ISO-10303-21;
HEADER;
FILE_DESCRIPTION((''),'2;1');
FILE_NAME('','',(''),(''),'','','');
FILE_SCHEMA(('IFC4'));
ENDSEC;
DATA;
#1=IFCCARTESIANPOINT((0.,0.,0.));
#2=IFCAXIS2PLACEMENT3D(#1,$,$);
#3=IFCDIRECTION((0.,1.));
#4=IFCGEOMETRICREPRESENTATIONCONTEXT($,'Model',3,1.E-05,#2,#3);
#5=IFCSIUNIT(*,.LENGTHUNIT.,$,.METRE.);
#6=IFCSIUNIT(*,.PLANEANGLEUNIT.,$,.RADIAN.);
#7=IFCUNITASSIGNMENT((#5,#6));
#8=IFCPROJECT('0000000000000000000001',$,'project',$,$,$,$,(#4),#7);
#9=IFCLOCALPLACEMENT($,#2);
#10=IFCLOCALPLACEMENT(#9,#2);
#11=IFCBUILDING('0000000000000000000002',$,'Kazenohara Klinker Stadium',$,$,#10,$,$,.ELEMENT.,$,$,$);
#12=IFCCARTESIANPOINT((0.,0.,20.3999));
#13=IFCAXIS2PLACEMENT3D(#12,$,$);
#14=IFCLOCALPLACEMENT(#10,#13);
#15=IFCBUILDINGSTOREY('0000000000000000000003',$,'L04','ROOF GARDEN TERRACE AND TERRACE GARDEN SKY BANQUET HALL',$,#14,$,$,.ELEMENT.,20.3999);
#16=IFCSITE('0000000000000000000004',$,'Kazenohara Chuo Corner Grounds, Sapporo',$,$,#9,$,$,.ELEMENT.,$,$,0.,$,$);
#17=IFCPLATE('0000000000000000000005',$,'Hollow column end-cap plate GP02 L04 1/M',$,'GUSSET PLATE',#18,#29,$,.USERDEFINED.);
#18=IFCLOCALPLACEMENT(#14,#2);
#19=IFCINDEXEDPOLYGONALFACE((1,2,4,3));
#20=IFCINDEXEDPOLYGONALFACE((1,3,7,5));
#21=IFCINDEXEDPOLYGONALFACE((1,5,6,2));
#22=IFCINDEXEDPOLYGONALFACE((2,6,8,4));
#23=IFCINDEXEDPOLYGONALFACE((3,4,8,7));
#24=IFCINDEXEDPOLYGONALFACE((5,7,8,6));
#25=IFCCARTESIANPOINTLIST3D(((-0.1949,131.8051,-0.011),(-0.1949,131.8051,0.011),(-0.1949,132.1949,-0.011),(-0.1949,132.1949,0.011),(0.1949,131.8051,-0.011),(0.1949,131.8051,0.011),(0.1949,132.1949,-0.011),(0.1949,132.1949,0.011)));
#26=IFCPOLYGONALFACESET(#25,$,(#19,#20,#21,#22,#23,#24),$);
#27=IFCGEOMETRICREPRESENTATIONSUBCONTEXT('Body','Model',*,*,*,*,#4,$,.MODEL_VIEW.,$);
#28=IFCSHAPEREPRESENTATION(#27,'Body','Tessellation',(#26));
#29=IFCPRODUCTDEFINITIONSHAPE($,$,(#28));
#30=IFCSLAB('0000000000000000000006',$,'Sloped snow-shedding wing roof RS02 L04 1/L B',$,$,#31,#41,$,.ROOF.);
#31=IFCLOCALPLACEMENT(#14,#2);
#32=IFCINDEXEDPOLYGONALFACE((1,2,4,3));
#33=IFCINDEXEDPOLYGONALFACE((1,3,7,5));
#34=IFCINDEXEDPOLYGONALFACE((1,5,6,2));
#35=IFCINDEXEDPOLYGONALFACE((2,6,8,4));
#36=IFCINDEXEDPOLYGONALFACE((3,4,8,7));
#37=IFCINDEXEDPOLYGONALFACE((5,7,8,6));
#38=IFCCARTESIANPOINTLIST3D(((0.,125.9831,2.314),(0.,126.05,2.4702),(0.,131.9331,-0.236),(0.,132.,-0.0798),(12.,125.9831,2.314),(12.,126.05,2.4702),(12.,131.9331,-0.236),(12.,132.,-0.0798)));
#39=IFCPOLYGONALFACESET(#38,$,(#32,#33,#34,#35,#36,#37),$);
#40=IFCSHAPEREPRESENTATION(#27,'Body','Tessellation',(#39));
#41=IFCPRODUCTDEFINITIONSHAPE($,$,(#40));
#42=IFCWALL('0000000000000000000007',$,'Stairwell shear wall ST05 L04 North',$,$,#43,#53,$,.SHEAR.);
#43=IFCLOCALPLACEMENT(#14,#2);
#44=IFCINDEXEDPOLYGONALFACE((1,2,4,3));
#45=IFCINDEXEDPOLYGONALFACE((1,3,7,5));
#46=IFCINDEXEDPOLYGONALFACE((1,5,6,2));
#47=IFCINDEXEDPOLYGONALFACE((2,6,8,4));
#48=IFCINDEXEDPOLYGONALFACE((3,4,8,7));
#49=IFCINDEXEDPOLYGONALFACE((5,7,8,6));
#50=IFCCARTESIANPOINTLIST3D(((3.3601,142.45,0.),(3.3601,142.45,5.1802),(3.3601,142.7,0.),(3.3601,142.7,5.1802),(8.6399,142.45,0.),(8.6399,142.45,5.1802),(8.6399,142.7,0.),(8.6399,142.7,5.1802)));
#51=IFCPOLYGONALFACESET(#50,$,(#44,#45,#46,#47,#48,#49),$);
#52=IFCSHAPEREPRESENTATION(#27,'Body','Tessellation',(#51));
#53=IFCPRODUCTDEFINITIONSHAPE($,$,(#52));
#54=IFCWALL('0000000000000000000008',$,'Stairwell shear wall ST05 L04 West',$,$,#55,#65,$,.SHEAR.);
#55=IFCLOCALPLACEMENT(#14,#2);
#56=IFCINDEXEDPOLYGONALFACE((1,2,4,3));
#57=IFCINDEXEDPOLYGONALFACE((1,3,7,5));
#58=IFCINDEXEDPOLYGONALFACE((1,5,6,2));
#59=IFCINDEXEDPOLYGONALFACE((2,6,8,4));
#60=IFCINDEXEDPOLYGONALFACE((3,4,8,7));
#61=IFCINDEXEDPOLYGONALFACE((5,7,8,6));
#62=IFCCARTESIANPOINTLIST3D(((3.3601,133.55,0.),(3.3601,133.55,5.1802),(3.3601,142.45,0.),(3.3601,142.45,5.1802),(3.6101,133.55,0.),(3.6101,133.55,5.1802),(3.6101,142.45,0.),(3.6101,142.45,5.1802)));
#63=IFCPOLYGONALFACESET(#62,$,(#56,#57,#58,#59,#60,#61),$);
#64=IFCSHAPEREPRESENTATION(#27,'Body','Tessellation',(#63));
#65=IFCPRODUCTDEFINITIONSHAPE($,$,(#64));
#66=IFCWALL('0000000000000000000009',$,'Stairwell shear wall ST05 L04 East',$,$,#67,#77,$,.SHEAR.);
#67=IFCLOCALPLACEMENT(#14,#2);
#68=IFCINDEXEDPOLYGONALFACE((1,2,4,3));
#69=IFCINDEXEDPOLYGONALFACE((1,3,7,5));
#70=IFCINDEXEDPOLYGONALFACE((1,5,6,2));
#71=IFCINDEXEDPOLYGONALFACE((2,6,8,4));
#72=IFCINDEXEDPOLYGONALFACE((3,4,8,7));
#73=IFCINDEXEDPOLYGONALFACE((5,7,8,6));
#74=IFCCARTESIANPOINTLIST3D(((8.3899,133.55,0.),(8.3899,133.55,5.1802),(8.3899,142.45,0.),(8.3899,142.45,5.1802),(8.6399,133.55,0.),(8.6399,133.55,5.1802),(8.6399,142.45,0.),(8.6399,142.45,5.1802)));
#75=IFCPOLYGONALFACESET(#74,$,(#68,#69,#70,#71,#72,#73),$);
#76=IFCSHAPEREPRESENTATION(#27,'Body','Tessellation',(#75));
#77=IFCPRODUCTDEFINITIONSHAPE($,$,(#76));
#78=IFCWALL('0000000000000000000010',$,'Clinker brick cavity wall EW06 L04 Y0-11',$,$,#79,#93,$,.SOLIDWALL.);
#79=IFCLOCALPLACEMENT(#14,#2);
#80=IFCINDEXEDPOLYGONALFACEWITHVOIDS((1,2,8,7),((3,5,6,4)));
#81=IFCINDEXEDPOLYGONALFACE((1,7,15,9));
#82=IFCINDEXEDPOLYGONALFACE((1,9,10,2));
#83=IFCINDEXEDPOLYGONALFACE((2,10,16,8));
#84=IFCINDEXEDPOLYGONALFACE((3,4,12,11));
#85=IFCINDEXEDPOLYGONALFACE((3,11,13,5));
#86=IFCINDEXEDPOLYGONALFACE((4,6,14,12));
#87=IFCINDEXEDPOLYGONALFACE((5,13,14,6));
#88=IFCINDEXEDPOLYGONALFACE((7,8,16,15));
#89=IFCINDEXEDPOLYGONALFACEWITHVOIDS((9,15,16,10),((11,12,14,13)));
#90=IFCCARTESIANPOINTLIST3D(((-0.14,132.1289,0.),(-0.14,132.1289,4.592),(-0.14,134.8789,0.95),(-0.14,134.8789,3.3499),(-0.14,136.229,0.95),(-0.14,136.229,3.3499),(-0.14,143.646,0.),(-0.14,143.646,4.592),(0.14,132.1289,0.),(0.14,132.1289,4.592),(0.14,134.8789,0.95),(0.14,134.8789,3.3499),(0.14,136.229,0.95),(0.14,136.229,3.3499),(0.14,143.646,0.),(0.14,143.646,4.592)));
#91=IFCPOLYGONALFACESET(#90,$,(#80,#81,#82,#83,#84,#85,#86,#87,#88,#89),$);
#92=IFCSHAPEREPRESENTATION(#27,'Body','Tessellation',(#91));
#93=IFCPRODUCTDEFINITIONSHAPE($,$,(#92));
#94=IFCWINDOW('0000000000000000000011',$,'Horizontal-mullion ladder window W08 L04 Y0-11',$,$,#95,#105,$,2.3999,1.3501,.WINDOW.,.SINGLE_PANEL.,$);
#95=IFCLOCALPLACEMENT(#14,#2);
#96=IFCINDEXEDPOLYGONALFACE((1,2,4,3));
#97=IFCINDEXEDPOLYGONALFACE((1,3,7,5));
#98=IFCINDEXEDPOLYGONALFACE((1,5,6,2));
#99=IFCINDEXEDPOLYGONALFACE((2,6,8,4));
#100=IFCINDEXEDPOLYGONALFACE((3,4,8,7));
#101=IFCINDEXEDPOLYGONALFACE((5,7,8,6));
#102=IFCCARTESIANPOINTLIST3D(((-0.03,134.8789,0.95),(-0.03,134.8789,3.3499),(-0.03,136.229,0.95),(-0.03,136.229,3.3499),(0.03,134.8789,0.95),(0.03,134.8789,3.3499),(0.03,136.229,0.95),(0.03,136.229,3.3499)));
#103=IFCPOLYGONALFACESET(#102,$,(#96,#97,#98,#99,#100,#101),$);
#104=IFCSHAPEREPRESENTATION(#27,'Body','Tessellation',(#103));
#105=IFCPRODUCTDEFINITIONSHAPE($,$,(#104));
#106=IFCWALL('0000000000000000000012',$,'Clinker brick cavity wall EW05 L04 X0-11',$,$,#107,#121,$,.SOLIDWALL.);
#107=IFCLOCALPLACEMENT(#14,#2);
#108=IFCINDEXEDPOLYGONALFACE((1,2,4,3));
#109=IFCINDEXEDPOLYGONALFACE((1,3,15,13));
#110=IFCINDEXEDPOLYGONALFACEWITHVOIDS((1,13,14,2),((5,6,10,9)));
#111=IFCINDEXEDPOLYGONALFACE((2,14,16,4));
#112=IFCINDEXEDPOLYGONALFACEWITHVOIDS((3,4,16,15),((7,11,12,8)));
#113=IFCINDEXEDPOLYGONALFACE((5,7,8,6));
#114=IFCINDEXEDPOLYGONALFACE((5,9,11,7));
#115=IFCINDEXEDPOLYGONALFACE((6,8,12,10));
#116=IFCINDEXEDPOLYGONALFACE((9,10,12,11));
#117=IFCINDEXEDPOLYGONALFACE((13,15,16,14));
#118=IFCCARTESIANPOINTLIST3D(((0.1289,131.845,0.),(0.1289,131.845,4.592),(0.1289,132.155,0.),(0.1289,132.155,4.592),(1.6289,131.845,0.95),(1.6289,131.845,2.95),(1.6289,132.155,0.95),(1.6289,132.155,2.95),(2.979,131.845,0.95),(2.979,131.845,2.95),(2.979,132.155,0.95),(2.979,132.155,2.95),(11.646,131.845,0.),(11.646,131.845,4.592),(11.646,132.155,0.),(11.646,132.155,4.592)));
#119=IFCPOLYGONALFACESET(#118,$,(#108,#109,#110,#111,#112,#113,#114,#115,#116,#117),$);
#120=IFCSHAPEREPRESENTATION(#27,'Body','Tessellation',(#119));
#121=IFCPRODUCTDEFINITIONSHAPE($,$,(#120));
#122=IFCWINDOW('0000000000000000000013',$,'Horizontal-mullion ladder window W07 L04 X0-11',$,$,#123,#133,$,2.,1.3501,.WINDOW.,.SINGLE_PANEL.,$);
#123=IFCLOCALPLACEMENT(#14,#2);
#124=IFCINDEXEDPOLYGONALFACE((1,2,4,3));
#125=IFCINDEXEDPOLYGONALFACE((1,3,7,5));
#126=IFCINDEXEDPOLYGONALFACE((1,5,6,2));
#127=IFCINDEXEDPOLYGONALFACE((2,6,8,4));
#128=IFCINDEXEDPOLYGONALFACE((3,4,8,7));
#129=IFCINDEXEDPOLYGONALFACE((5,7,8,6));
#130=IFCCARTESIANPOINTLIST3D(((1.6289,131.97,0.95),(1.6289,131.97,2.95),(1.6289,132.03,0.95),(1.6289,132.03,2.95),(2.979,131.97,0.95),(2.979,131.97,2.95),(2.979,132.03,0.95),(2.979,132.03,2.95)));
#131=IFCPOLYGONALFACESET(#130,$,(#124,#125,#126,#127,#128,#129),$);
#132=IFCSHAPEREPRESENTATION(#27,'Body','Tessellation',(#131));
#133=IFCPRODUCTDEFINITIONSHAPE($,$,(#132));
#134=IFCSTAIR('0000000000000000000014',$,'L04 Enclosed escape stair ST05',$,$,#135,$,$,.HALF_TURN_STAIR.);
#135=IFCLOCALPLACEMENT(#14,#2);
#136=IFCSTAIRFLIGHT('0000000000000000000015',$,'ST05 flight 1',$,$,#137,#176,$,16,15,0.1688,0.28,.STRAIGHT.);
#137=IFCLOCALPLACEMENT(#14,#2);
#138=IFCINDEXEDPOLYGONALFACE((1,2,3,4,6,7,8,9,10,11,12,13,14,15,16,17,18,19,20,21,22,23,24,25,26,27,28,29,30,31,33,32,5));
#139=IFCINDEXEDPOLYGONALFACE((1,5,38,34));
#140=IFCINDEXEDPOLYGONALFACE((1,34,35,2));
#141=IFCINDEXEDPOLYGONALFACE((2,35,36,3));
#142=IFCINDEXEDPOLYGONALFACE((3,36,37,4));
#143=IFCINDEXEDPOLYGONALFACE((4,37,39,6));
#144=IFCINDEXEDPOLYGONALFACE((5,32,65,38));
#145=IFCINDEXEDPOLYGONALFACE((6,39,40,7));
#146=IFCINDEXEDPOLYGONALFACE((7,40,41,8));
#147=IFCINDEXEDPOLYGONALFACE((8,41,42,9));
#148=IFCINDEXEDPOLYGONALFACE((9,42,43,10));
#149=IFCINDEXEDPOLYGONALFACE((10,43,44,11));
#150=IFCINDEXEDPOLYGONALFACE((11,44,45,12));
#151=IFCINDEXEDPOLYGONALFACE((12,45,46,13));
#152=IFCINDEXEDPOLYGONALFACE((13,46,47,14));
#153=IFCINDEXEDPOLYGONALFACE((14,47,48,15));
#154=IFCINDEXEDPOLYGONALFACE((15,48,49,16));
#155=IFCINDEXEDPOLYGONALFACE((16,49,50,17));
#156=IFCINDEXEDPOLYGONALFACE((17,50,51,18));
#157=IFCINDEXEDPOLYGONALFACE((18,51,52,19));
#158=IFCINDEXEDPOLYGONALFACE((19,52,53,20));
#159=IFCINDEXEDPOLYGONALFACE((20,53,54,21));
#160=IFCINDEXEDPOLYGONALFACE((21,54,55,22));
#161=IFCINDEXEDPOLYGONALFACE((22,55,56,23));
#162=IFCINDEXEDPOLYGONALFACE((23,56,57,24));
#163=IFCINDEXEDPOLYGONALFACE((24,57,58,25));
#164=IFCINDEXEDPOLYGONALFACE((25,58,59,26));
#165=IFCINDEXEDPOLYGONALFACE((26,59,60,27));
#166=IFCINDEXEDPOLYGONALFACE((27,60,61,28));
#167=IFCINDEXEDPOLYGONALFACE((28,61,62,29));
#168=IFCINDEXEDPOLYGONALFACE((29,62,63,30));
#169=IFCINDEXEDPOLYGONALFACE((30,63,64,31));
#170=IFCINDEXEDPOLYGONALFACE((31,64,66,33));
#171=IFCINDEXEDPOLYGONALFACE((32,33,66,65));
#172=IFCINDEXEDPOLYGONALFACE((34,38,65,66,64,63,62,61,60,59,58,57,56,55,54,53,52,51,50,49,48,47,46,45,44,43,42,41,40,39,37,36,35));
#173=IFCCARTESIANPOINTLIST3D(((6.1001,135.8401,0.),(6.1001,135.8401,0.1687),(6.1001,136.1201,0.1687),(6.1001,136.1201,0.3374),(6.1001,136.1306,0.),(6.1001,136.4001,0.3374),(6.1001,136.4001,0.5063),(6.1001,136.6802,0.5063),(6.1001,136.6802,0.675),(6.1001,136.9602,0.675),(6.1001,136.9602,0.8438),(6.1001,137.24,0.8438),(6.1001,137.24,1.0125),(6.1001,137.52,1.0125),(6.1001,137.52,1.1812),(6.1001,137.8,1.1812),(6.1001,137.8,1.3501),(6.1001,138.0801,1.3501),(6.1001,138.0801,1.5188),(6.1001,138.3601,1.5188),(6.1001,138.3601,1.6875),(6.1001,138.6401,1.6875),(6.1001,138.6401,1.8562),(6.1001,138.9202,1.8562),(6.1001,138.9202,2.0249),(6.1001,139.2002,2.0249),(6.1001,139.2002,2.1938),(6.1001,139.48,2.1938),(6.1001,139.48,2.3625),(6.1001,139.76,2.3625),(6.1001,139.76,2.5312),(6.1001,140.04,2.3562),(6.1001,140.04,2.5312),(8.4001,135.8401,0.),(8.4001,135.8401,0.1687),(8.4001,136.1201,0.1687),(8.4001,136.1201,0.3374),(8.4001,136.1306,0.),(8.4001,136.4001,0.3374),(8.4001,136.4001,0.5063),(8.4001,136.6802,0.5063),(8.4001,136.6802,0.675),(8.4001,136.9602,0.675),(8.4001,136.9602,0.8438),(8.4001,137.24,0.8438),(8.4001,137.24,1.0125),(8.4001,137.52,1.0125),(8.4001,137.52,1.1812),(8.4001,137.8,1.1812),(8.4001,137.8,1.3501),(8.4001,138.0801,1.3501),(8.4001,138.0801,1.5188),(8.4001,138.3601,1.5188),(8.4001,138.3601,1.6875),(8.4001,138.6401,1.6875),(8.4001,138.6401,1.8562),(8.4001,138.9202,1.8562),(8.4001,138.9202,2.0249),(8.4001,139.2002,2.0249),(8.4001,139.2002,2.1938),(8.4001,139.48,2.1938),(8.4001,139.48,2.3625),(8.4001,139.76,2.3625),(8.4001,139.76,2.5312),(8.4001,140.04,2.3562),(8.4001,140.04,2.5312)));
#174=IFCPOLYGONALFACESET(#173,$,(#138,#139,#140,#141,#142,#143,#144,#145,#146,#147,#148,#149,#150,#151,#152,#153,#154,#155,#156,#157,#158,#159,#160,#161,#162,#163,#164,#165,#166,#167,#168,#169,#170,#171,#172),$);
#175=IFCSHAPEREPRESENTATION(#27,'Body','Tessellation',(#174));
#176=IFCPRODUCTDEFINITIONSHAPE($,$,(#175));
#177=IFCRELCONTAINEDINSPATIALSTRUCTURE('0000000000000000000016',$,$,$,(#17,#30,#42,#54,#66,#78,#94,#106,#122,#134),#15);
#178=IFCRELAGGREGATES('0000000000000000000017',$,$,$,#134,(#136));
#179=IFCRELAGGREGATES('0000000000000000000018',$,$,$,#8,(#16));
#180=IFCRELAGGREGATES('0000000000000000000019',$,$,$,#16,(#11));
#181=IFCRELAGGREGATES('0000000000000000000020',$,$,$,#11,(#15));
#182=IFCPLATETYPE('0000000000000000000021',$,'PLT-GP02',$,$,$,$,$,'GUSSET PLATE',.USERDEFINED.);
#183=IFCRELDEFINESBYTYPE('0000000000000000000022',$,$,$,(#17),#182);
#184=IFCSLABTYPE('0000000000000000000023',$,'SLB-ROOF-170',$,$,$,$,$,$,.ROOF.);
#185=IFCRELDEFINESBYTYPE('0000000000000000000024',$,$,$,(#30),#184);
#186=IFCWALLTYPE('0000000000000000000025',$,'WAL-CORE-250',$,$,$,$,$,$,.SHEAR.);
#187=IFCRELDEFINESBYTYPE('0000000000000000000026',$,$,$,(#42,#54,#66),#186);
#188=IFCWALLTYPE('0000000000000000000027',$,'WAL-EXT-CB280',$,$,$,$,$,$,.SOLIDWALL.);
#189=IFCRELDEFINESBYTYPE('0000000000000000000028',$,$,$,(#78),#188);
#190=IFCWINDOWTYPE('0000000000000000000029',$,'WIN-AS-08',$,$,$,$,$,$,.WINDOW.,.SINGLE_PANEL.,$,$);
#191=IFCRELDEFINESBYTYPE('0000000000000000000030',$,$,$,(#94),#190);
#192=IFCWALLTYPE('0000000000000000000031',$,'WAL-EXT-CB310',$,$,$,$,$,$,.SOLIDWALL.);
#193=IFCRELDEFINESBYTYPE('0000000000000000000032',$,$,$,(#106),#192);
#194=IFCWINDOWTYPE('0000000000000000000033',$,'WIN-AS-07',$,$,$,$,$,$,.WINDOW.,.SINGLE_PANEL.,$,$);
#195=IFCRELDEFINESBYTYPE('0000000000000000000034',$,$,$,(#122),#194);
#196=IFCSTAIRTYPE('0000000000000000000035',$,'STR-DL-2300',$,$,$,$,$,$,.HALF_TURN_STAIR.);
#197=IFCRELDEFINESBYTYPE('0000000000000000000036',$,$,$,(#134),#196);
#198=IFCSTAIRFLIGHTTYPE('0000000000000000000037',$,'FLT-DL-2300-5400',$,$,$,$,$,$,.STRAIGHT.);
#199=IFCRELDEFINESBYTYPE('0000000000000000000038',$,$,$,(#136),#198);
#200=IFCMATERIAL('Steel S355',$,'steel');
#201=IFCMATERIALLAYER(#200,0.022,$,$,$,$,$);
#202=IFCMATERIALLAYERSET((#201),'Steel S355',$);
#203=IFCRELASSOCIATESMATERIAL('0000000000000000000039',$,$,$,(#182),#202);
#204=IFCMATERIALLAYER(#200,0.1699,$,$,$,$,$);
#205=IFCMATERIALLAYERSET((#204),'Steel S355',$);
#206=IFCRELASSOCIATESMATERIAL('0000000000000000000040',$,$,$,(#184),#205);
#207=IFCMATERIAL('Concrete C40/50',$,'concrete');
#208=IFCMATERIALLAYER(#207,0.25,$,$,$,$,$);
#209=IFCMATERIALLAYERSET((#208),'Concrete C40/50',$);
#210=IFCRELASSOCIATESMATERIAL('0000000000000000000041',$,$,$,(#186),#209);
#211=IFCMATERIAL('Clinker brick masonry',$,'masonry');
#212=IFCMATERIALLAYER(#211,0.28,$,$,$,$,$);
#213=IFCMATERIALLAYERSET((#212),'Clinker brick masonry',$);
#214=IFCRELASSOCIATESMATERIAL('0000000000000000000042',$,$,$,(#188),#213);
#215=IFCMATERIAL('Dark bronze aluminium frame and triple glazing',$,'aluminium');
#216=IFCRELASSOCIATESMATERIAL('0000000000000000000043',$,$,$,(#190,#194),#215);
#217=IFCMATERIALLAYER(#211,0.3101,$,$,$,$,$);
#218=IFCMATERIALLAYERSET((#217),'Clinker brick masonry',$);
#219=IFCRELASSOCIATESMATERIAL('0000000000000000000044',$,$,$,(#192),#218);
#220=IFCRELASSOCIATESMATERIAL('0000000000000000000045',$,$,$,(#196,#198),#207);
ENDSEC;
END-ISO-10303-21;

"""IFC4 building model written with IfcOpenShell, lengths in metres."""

from ifc_helpers import new_model, si_unit, direction, frame, frame_2d, origin, origin_2d, place, context, subcontext, project, spatial, polyline, rectangle, outline, extrude, material, layer, layer_set, type_object, element, fill, aggregate, save


model = new_model("IFC4")

# Units and contexts
model_context = context("Model", 3, precision=1e-05, world=origin(), true_north=direction((0.0, 1.0)))
body_context = subcontext(model_context, "Body", "Model", "MODEL_VIEW")
ifc_project = project(units=[si_unit("LENGTHUNIT", "METRE"), si_unit("PLANEANGLEUNIT", "RADIAN")], contexts=[model_context])

# Site, building, storey
site_placement = place(None, origin())
site = spatial("IfcSite", under=ifc_project, at=site_placement, Name="Kazenohara Chuo Corner Grounds, Sapporo", CompositionType="ELEMENT", RefElevation=0.0)
building_placement = place(site_placement, origin())
building = spatial("IfcBuilding", under=site, at=building_placement, Name="Kazenohara Klinker Stadium", CompositionType="ELEMENT")
storey_placement = place(building_placement, frame((0.0, 0.0, 20.3999)))
storey = spatial("IfcBuildingStorey", under=building, at=storey_placement, Name="L04", Description="ROOF GARDEN TERRACE AND TERRACE GARDEN SKY BANQUET HALL", CompositionType="ELEMENT", Elevation=20.3999)

# Shared definitions
ifc_material_1 = material(Name="Concrete C40/50", Category="concrete")
ifc_material_2 = material(Name="Steel S355", Category="steel")

# Plate
ifc_layer_1 = layer(ifc_material_2, 0.022)
ifc_layer_set_1 = layer_set([ifc_layer_1], Name="Steel S355")
plate_type = type_object("IfcPlateType", Name="PLT-GP02", ElementType="GUSSET PLATE", PredefinedType="USERDEFINED", material=ifc_layer_set_1)
plate_placement = place(storey_placement, frame((0.0, 132.0, -0.011), z_axis=(0.0, 0.0, 1.0), x_axis=(1.0, 0.0, 0.0)))
element("IfcPlate", 1, at=plate_placement, inside=storey, type_object=plate_type, Name="Hollow column end-cap plate GP02 L04 1/M", ObjectType="GUSSET PLATE", PredefinedType="USERDEFINED", context=body_context, shape_type="SweptSolid", body=[
    extrude(rectangle(XDim=0.3899, YDim=0.3899, at=origin_2d()), origin(), (0.0, 0.0, 1.0), 0.022),
])

# Slab
ifc_layer_2 = layer(ifc_material_2, 0.1699)
ifc_layer_set_2 = layer_set([ifc_layer_2], Name="Steel S355")
slab_type = type_object("IfcSlabType", Name="SLB-ROOF-170", PredefinedType="ROOF", material=ifc_layer_set_2)
slab_placement = place(storey_placement, frame((0.0, 126.05, 2.4702), z_axis=(0.0, 0.393928, 0.919141), x_axis=(1.0, 0.0, 0.0)))
element("IfcSlab", 2, at=slab_placement, inside=storey, type_object=slab_type, Name="Sloped snow-shedding wing roof RS02 L04 1/L B", PredefinedType="ROOF", context=body_context, shape_type="SweptSolid", body=[
    extrude(outline(polyline([(0.0, 0.0), (12.0, 0.0), (12.0, 6.4734), (0.0, 6.4734), (0.0, 0.0)])), origin(), (0.0, 0.0, -1.0), 0.1699),
])

# Shared definitions
ifc_layer_3 = layer(ifc_material_1, 0.25)
ifc_layer_set_3 = layer_set([ifc_layer_3], Name="Concrete C40/50")
wall_type_1 = type_object("IfcWallType", Name="WAL-CORE-250", PredefinedType="SHEAR", material=ifc_layer_set_3)

# Walls
wall_1_placement = place(storey_placement, frame((3.3601, 142.575, 0.0), z_axis=(0.0, 0.0, 1.0), x_axis=(1.0, 0.0, 0.0)))
element("IfcWall", 3, at=wall_1_placement, inside=storey, type_object=wall_type_1, Name="Stairwell shear wall ST05 L04 North", PredefinedType="SHEAR", context=body_context, shape_type="SweptSolid", body=[
    extrude(rectangle(XDim=5.2798, YDim=0.25, at=frame_2d((2.6399, 0.0))), origin(), (0.0, 0.0, 1.0), 5.1802),
])
for number, where, z_axis, x_axis, name in (
    (4, (3.4851, 133.55, 0.0), (0.0, 0.0, 1.0), (0.0, 1.0, 0.0), "Stairwell shear wall ST05 L04 West"),
    (5, (8.5149, 133.55, 0.0), (0.0, 0.0, 1.0), (0.0, 1.0, 0.0), "Stairwell shear wall ST05 L04 East"),
):
    element("IfcWall", number, at=place(storey_placement, frame(where, z_axis=z_axis, x_axis=x_axis)), inside=storey, type_object=wall_type_1, Name=name, PredefinedType="SHEAR", context=body_context, shape_type="SweptSolid", body=[
        extrude(rectangle(XDim=8.8999, YDim=0.25, at=frame_2d((4.45, 0.0))), origin(), (0.0, 0.0, 1.0), 5.1802),
    ])

# Walls, openings, windows
ifc_material_3 = material(Name="Clinker brick masonry", Category="masonry")
ifc_layer_4 = layer(ifc_material_3, 0.28)
ifc_layer_set_4 = layer_set([ifc_layer_4], Name="Clinker brick masonry")
wall_type_2 = type_object("IfcWallType", Name="WAL-EXT-CB280", PredefinedType="SOLIDWALL", material=ifc_layer_set_4)
wall_2_placement = place(storey_placement, frame((0.0, 132.1289, 0.0), z_axis=(0.0, 0.0, 1.0), x_axis=(0.0, 1.0, 0.0)))
wall_2 = element("IfcWall", 6, at=wall_2_placement, inside=storey, type_object=wall_type_2, Name="Clinker brick cavity wall EW06 L04 Y0-11", PredefinedType="SOLIDWALL", context=body_context, shape_type="SweptSolid", body=[
    extrude(rectangle(XDim=11.5171, YDim=0.28, at=frame_2d((5.7585, 0.0))), origin(), (0.0, 0.0, 1.0), 4.592),
])
opening_1_placement = place(wall_2_placement, frame((2.75, 0.0, 0.95)))
opening_1 = element("IfcOpeningElement", 7, at=opening_1_placement, cuts=wall_2, PredefinedType="OPENING", context=body_context, shape_type="SweptSolid", body=[
    extrude(rectangle(XDim=1.3501, YDim=2.3999, at=frame_2d((0.675, 1.2))), frame((0.0, 0.1499, 0.0), z_axis=(0.0, -1.0, 0.0), x_axis=(1.0, 0.0, 0.0)), (0.0, 0.0, 1.0), 0.3),
])
ifc_material_4 = material(Name="Dark bronze aluminium frame and triple glazing", Category="aluminium")
window_type_1 = type_object("IfcWindowType", Name="WIN-AS-08", PartitioningType="SINGLE_PANEL", PredefinedType="WINDOW", material=ifc_material_4)
window_1_placement = place(opening_1_placement, origin())
window_1 = element("IfcWindow", 8, at=window_1_placement, inside=storey, type_object=window_type_1, Name="Horizontal-mullion ladder window W08 L04 Y0-11", OverallHeight=2.3999, OverallWidth=1.3501, PartitioningType="SINGLE_PANEL", PredefinedType="WINDOW", context=body_context, shape_type="SweptSolid", body=[
    extrude(rectangle(XDim=1.3501, YDim=2.3999, at=frame_2d((0.675, 1.2))), frame((0.0, 0.03, 0.0), z_axis=(0.0, -1.0, 0.0), x_axis=(1.0, 0.0, 0.0)), (0.0, 0.0, 1.0), 0.0601),
])
fill(opening_1, window_1)
ifc_layer_5 = layer(ifc_material_3, 0.3101)
ifc_layer_set_5 = layer_set([ifc_layer_5], Name="Clinker brick masonry")
wall_type_3 = type_object("IfcWallType", Name="WAL-EXT-CB310", PredefinedType="SOLIDWALL", material=ifc_layer_set_5)
wall_3_placement = place(storey_placement, frame((0.1289, 132.0, 0.0), z_axis=(0.0, 0.0, 1.0), x_axis=(1.0, 0.0, 0.0)))
wall_3 = element("IfcWall", 9, at=wall_3_placement, inside=storey, type_object=wall_type_3, Name="Clinker brick cavity wall EW05 L04 X0-11", PredefinedType="SOLIDWALL", context=body_context, shape_type="SweptSolid", body=[
    extrude(rectangle(XDim=11.5171, YDim=0.3101, at=frame_2d((5.7585, 0.0))), origin(), (0.0, 0.0, 1.0), 4.592),
])
opening_2_placement = place(wall_3_placement, frame((1.5, 0.0, 0.95)))
opening_2 = element("IfcOpeningElement", 10, at=opening_2_placement, cuts=wall_3, PredefinedType="OPENING", context=body_context, shape_type="SweptSolid", body=[
    extrude(rectangle(XDim=1.3501, YDim=2.0, at=frame_2d((0.675, 1.0))), frame((0.0, 0.165, 0.0), z_axis=(0.0, -1.0, 0.0), x_axis=(1.0, 0.0, 0.0)), (0.0, 0.0, 1.0), 0.3301),
])
window_type_2 = type_object("IfcWindowType", Name="WIN-AS-07", PartitioningType="SINGLE_PANEL", PredefinedType="WINDOW", material=ifc_material_4)
window_2_placement = place(opening_2_placement, origin())
window_2 = element("IfcWindow", 11, at=window_2_placement, inside=storey, type_object=window_type_2, Name="Horizontal-mullion ladder window W07 L04 X0-11", OverallHeight=2.0, OverallWidth=1.3501, PartitioningType="SINGLE_PANEL", PredefinedType="WINDOW", context=body_context, shape_type="SweptSolid", body=[
    extrude(rectangle(XDim=1.3501, YDim=2.0, at=frame_2d((0.675, 1.0))), frame((0.0, 0.03, 0.0), z_axis=(0.0, -1.0, 0.0), x_axis=(1.0, 0.0, 0.0)), (0.0, 0.0, 1.0), 0.0601),
])
fill(opening_2, window_2)

# Stair, stair flight
stair_type = type_object("IfcStairType", Name="STR-DL-2300", PredefinedType="HALF_TURN_STAIR", material=ifc_material_1)
stair_placement = place(storey_placement, origin())
stair = element("IfcStair", 12, at=stair_placement, inside=storey, type_object=stair_type, Name="L04 Enclosed escape stair ST05", PredefinedType="HALF_TURN_STAIR")
stair_flight_type = type_object("IfcStairFlightType", Name="FLT-DL-2300-5400", PredefinedType="STRAIGHT", material=ifc_material_1)
stair_flight_1_placement = place(storey_placement, frame((7.25, 135.8401, 0.0), z_axis=(0.0, 0.0, 1.0), x_axis=(0.0, 1.0, 0.0)))
stair_flight_1 = element("IfcStairFlight", 13, at=stair_flight_1_placement, type_object=stair_flight_type, Name="ST05 flight 1", NumberOfRisers=16, NumberOfTreads=15, PredefinedType="STRAIGHT", RiserHeight=0.1688, TreadLength=0.28, context=body_context, shape_type="SweptSolid", body=[
    extrude(outline(polyline([(0.0, 0.0), (0.0, 0.1687), (0.28, 0.1687), (0.28, 0.3374), (0.5601, 0.3374), (0.5601, 0.5063), (0.8401, 0.5063), (0.8401, 0.675), (1.1201, 0.675), (1.1201, 0.8438), (1.3999, 0.8438), (1.3999, 1.0125), (1.6799, 1.0125), (1.6799, 1.1812), (1.96, 1.1812), (1.96, 1.3501), (2.24, 1.3501), (2.24, 1.5188), (2.52, 1.5188), (2.52, 1.6875), (2.8, 1.6875), (2.8, 1.8562), (3.0801, 1.8562), (3.0801, 2.0249), (3.3601, 2.0249), (3.3601, 2.1938), (3.6399, 2.1938), (3.6399, 2.3625), (3.9199, 2.3625), (3.9199, 2.5312), (4.2, 2.5312), (4.2, 2.7), (4.2, 2.3562), (0.2905, 0.0), (0.0, 0.0)])), frame((0.0, 1.1499, 0.0), z_axis=(0.0, -1.0, 0.0), x_axis=(1.0, 0.0, 0.0)), (0.0, 0.0, 1.0), 2.3),
])
aggregate(stair, [stair_flight_1])

save(model, "model.ifc")
